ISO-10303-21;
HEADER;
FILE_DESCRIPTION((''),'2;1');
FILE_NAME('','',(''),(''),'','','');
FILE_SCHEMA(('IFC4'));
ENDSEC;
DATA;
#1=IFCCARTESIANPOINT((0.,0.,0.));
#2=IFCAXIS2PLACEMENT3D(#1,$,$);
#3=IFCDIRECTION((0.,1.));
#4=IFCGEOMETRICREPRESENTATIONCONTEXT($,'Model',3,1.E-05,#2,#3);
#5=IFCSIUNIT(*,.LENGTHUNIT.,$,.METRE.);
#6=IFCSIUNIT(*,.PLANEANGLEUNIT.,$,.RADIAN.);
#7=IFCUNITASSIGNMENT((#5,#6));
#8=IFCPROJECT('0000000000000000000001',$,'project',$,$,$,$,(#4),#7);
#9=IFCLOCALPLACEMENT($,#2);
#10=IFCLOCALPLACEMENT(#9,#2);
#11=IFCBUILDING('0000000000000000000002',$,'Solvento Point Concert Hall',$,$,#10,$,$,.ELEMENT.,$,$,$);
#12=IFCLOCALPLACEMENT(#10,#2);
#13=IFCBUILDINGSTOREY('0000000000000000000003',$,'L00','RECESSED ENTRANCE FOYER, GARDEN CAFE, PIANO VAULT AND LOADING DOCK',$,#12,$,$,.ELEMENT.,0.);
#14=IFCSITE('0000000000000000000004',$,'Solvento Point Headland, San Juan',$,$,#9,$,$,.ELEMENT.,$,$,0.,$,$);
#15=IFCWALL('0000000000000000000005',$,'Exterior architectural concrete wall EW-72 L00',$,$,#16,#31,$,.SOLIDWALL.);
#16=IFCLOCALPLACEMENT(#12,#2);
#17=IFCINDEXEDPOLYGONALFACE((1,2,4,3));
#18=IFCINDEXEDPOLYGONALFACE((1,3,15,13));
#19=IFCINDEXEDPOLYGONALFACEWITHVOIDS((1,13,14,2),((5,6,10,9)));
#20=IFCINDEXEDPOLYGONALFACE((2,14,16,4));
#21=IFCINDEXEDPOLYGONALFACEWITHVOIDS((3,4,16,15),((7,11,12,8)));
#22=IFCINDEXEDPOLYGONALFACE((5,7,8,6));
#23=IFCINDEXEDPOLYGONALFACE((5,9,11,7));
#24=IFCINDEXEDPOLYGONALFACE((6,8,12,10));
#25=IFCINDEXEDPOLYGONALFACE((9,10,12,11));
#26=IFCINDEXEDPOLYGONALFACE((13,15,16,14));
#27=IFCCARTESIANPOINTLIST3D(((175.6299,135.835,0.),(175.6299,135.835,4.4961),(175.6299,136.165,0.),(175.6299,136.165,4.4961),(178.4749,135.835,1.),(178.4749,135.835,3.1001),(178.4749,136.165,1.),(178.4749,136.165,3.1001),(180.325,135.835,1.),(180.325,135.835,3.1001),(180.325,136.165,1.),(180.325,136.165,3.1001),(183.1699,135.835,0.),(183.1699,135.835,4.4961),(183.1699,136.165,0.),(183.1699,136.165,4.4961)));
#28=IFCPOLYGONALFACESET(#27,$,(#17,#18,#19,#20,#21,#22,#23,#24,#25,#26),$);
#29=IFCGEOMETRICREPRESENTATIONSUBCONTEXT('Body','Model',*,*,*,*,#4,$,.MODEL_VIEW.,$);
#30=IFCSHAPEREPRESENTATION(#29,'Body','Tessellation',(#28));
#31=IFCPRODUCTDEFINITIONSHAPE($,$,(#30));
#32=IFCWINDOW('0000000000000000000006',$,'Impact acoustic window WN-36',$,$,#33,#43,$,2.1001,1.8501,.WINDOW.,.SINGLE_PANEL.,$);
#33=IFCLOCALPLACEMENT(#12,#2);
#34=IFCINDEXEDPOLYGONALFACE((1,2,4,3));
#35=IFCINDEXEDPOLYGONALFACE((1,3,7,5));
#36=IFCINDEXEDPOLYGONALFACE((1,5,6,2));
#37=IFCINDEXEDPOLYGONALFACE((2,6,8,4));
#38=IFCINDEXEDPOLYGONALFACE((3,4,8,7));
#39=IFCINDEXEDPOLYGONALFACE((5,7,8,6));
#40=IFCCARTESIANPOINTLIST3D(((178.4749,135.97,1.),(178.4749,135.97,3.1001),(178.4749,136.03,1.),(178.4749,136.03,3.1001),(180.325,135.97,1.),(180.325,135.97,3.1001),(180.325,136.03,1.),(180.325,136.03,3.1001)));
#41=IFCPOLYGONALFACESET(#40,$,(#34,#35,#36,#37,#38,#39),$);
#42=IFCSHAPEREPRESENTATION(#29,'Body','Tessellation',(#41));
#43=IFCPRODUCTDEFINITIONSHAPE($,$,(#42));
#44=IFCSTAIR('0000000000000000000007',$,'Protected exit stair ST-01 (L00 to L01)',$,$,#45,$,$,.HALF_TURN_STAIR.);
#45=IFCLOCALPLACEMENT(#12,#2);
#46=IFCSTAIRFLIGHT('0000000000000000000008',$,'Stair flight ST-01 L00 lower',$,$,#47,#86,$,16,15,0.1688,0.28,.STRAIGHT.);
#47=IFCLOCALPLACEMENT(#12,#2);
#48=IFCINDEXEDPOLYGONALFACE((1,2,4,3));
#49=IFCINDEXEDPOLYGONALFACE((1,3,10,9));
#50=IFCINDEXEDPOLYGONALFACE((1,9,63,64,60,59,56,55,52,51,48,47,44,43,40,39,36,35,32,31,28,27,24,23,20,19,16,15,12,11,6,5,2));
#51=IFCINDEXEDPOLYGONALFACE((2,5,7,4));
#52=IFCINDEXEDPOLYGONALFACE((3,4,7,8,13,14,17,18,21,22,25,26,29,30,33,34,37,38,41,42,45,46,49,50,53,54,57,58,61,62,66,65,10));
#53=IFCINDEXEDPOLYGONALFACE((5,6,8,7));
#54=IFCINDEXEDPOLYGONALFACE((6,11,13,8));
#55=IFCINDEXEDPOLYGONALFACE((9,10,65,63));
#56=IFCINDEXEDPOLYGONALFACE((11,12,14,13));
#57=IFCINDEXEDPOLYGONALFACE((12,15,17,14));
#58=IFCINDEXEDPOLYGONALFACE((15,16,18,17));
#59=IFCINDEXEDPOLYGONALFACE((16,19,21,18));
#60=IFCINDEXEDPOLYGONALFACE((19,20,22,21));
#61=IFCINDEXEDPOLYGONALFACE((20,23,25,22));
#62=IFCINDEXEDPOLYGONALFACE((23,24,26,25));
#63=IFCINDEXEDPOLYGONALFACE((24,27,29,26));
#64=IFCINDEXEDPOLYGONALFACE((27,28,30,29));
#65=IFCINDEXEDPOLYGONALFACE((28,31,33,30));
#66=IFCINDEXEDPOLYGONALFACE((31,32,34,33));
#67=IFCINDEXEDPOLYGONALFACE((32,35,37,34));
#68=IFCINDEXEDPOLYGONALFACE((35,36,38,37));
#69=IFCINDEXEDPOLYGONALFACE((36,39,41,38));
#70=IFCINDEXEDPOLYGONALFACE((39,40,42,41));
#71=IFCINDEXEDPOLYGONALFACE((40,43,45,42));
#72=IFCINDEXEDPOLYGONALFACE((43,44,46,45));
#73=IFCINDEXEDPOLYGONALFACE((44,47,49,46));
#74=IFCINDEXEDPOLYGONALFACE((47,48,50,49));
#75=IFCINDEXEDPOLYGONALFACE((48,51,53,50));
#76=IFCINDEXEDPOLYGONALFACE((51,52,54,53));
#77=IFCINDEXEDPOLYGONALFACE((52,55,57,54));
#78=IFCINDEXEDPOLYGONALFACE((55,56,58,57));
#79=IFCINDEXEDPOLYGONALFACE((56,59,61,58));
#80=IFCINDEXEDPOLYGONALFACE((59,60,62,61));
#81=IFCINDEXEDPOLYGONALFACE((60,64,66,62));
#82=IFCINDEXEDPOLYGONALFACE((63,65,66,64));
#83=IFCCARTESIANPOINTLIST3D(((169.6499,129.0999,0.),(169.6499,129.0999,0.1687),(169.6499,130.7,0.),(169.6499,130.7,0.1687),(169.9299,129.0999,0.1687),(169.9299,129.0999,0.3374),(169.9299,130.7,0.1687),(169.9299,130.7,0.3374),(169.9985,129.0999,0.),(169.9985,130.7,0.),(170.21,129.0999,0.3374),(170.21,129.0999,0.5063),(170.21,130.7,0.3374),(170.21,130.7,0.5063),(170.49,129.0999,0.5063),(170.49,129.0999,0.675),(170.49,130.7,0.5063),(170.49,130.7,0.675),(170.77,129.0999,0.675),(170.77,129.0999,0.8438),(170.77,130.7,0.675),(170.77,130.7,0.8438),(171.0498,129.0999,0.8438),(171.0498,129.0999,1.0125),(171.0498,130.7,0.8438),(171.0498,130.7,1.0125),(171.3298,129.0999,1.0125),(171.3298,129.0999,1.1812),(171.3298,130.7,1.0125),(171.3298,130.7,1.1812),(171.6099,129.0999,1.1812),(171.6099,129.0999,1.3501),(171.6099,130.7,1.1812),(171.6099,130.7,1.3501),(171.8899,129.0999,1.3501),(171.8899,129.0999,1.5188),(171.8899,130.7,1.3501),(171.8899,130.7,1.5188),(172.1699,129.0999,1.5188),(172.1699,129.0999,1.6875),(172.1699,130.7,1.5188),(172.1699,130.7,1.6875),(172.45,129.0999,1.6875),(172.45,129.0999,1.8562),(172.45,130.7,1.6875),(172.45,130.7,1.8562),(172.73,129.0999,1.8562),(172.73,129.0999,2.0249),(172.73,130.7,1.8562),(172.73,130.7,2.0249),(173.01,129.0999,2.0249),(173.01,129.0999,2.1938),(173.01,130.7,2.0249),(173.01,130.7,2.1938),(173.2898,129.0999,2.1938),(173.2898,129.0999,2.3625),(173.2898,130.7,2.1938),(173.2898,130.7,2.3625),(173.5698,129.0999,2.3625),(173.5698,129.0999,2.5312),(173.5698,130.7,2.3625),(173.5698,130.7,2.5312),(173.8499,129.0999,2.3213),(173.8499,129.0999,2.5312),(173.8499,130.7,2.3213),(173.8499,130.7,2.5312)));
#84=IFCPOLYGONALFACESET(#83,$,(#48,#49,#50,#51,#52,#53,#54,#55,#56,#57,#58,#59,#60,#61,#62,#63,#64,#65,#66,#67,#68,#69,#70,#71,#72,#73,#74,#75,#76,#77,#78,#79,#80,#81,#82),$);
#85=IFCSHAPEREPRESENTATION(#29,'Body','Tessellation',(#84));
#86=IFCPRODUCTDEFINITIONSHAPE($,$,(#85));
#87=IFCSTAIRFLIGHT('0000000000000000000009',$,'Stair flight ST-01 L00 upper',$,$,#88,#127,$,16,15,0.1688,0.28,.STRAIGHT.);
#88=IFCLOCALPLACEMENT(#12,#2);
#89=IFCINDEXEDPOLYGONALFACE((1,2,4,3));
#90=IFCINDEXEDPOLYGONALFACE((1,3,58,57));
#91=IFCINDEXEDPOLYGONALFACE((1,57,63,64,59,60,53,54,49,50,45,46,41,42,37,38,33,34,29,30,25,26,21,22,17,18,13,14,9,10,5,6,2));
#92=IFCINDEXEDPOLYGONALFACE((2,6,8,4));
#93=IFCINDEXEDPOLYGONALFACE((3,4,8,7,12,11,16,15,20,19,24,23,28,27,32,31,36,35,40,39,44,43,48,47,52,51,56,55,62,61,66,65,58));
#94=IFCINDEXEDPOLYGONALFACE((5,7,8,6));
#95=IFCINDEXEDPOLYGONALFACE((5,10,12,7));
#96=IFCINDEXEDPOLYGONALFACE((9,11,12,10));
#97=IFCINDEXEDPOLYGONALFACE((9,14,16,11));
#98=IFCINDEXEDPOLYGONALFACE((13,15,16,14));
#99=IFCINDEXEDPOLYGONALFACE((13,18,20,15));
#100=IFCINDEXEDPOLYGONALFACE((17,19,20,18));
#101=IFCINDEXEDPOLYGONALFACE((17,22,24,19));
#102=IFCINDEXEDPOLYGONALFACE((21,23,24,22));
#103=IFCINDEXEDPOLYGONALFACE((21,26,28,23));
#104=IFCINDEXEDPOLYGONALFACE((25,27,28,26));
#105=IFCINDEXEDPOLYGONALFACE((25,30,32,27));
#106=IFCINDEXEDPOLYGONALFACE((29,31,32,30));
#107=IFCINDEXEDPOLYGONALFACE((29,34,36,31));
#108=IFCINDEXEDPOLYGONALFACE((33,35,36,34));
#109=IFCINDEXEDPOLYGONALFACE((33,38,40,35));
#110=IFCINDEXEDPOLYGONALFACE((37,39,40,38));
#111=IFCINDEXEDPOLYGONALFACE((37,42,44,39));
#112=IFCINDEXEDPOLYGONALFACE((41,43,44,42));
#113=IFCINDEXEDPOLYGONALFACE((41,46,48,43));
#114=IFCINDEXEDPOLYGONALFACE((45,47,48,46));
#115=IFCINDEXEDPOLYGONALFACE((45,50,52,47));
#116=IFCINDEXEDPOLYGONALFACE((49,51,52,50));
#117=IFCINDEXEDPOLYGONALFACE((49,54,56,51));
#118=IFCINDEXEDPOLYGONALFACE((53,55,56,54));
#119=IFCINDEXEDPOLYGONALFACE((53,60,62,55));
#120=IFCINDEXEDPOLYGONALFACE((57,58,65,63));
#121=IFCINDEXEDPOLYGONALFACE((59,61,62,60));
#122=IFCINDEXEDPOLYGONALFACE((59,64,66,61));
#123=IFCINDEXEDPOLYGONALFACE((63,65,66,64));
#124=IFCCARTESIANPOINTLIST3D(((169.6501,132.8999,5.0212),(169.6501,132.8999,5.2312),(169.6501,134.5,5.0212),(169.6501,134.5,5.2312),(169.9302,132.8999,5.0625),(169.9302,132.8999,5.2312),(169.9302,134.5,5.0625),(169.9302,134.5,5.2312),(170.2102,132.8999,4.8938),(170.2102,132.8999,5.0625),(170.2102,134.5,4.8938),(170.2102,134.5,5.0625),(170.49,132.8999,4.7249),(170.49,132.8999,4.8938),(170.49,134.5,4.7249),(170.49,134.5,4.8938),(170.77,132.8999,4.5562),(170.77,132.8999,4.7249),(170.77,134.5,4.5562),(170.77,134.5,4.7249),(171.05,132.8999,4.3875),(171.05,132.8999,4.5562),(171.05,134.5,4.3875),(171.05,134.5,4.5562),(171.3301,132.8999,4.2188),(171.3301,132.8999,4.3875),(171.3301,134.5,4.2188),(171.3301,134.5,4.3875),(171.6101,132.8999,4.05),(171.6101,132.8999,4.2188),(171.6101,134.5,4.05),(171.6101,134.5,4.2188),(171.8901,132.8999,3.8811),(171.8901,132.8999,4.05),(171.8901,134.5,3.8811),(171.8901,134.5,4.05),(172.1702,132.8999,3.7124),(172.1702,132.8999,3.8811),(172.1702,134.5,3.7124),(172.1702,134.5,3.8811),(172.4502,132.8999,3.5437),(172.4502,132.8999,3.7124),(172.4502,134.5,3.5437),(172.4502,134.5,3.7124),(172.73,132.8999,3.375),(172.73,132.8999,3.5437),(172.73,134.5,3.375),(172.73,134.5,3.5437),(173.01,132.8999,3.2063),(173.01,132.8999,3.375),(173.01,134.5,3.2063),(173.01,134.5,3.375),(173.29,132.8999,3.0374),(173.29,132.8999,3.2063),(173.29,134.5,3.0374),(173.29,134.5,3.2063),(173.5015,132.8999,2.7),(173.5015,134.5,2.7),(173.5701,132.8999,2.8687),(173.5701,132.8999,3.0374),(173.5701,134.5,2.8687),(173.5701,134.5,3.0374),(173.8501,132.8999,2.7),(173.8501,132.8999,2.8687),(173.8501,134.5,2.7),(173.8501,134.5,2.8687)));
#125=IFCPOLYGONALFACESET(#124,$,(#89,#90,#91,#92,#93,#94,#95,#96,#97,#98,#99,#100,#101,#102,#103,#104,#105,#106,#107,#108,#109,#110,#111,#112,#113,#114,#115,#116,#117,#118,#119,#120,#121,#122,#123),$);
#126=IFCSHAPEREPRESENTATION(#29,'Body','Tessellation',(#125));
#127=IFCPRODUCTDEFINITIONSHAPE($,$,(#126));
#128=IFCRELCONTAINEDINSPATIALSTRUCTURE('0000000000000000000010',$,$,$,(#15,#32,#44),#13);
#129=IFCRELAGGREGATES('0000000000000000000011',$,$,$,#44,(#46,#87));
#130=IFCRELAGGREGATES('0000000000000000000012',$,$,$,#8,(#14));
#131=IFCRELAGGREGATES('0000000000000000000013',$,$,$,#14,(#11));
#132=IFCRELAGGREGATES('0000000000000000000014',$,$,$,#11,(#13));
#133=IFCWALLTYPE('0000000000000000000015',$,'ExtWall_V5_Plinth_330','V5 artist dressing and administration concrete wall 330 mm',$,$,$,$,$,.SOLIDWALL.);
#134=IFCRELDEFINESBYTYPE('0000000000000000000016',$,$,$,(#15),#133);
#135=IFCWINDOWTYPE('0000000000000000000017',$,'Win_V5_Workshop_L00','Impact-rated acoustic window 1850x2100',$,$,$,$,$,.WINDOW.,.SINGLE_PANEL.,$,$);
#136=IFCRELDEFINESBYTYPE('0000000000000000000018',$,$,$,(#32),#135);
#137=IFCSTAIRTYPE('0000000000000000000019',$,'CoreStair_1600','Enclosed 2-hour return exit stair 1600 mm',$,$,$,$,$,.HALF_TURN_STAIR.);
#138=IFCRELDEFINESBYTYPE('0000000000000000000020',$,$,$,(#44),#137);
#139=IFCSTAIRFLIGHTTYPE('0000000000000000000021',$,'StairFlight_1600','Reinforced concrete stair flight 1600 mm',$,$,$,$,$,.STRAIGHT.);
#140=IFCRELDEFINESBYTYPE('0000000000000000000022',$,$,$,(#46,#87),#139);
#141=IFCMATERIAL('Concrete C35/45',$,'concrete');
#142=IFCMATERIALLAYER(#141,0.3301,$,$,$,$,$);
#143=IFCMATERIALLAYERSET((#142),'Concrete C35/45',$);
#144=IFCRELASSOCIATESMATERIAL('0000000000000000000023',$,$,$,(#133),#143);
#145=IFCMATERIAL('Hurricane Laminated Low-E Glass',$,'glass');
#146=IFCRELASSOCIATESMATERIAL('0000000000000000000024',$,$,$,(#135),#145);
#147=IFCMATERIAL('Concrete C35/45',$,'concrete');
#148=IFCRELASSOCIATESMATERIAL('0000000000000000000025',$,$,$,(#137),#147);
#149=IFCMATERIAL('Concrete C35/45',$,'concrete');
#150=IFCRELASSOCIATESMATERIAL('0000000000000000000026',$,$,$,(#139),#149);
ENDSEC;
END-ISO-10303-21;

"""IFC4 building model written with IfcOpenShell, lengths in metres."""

from ifc_helpers import new_model, si_unit, direction, frame, frame_2d, origin, place, context, subcontext, project, spatial, polyline, rectangle, outline, extrude, material, layer, layer_set, type_object, element, fill, aggregate, save


model = new_model("IFC4")

# Units and contexts
model_context = context("Model", 3, precision=1e-05, world=origin(), true_north=direction((0.0, 1.0)))
body_context = subcontext(model_context, "Body", "Model", "MODEL_VIEW")
ifc_project = project(units=[si_unit("LENGTHUNIT", "METRE"), si_unit("PLANEANGLEUNIT", "RADIAN")], contexts=[model_context])

# Site, building, storey
site_placement = place(None, origin())
site = spatial("IfcSite", under=ifc_project, at=site_placement, Name="Solvento Point Headland, San Juan", CompositionType="ELEMENT", RefElevation=0.0)
building_placement = place(site_placement, origin())
building = spatial("IfcBuilding", under=site, at=building_placement, Name="Solvento Point Concert Hall", CompositionType="ELEMENT")
storey_placement = place(building_placement, origin())
storey = spatial("IfcBuildingStorey", under=building, at=storey_placement, Name="L00", Description="RECESSED ENTRANCE FOYER, GARDEN CAFE, PIANO VAULT AND LOADING DOCK", CompositionType="ELEMENT", Elevation=0.0)

# Shared definitions
ifc_material_1 = material(Name="Concrete C35/45", Category="concrete")
ifc_layer_1 = layer(ifc_material_1, 0.3301)
ifc_layer_set_1 = layer_set([ifc_layer_1], Name="Concrete C35/45")
wall_type_1 = type_object("IfcWallType", Name="ExtWall_V5_Plinth_330", Description="V5 artist dressing and administration concrete wall 330 mm", PredefinedType="SOLIDWALL", material=ifc_layer_set_1)

# Wall, opening, window
wall_1_placement = place(storey_placement, frame((175.6299, 136.0, 0.0), z_axis=(0.0, 0.0, 1.0), x_axis=(1.0, 0.0, 0.0)))
wall_1 = element("IfcWall", 1, at=wall_1_placement, inside=storey, type_object=wall_type_1, Name="Exterior architectural concrete wall EW-72 L00", PredefinedType="SOLIDWALL", context=body_context, shape_type="SweptSolid", body=[
    extrude(rectangle(XDim=7.54, YDim=0.3301, at=frame_2d((3.77, 0.0))), origin(), (0.0, 0.0, 1.0), 4.4961),
])
opening_1_placement = place(wall_1_placement, frame((2.845, 0.0, 1.0)))
opening_1 = element("IfcOpeningElement", 2, at=opening_1_placement, cuts=wall_1, PredefinedType="OPENING", context=body_context, shape_type="SweptSolid", body=[
    extrude(rectangle(XDim=1.8501, YDim=2.1001, at=frame_2d((0.925, 1.05))), frame((0.0, 0.175, 0.0), z_axis=(0.0, -1.0, 0.0), x_axis=(1.0, 0.0, 0.0)), (0.0, 0.0, 1.0), 0.3501),
])
ifc_material_2 = material(Name="Hurricane Laminated Low-E Glass", Category="glass")
window_type = type_object("IfcWindowType", Name="Win_V5_Workshop_L00", Description="Impact-rated acoustic window 1850x2100", PartitioningType="SINGLE_PANEL", PredefinedType="WINDOW", material=ifc_material_2)
window_placement = place(opening_1_placement, origin())
window = element("IfcWindow", 3, at=window_placement, inside=storey, type_object=window_type, Name="Impact acoustic window WN-36", OverallHeight=2.1001, OverallWidth=1.8501, PartitioningType="SINGLE_PANEL", PredefinedType="WINDOW", context=body_context, shape_type="SweptSolid", body=[
    extrude(rectangle(XDim=1.8501, YDim=2.1001, at=frame_2d((0.925, 1.05))), frame((0.0, 0.03, 0.0), z_axis=(0.0, -1.0, 0.0), x_axis=(1.0, 0.0, 0.0)), (0.0, 0.0, 1.0), 0.0601),
])
fill(opening_1, window)

# Stair, stair flights
ifc_material_3 = material(Name="Concrete C35/45", Category="concrete")
stair_type = type_object("IfcStairType", Name="CoreStair_1600", Description="Enclosed 2-hour return exit stair 1600 mm", PredefinedType="HALF_TURN_STAIR", material=ifc_material_3)
stair_placement = place(storey_placement, origin())
stair = element("IfcStair", 4, at=stair_placement, inside=storey, type_object=stair_type, Name="Protected exit stair ST-01 (L00 to L01)", PredefinedType="HALF_TURN_STAIR")
ifc_material_4 = material(Name="Concrete C35/45", Category="concrete")
stair_flight_type = type_object("IfcStairFlightType", Name="StairFlight_1600", Description="Reinforced concrete stair flight 1600 mm", PredefinedType="STRAIGHT", material=ifc_material_4)
stair_flight_1_placement = place(storey_placement, frame((169.6499, 129.8999, 0.0), z_axis=(0.0, 0.0, 1.0), x_axis=(1.0, 0.0, 0.0)))
stair_flight_1 = element("IfcStairFlight", 5, at=stair_flight_1_placement, type_object=stair_flight_type, Name="Stair flight ST-01 L00 lower", NumberOfRisers=16, NumberOfTreads=15, PredefinedType="STRAIGHT", RiserHeight=0.1688, TreadLength=0.28, context=body_context, shape_type="SweptSolid", body=[
    extrude(outline(polyline([(0.0, 0.0), (0.0, 0.1687), (0.28, 0.1687), (0.28, 0.3374), (0.5601, 0.3374), (0.5601, 0.5063), (0.8401, 0.5063), (0.8401, 0.675), (1.1201, 0.675), (1.1201, 0.8438), (1.3999, 0.8438), (1.3999, 1.0125), (1.6799, 1.0125), (1.6799, 1.1812), (1.96, 1.1812), (1.96, 1.3501), (2.24, 1.3501), (2.24, 1.5188), (2.52, 1.5188), (2.52, 1.6875), (2.8, 1.6875), (2.8, 1.8562), (3.0801, 1.8562), (3.0801, 2.0249), (3.3601, 2.0249), (3.3601, 2.1938), (3.6399, 2.1938), (3.6399, 2.3625), (3.9199, 2.3625), (3.9199, 2.5312), (4.2, 2.5312), (4.2, 2.7), (4.2, 2.3213), (0.3486, 0.0), (0.0, 0.0)])), frame((0.0, 0.8, 0.0), z_axis=(0.0, -1.0, 0.0), x_axis=(1.0, 0.0, 0.0)), (0.0, 0.0, 1.0), 1.6001),
])
stair_flight_2_placement = place(storey_placement, frame((173.8501, 133.7, 2.7), z_axis=(0.0, 0.0, 1.0), x_axis=(-1.0, 0.0, 0.0)))
stair_flight_2 = element("IfcStairFlight", 6, at=stair_flight_2_placement, type_object=stair_flight_type, Name="Stair flight ST-01 L00 upper", NumberOfRisers=16, NumberOfTreads=15, PredefinedType="STRAIGHT", RiserHeight=0.1688, TreadLength=0.28, context=body_context, shape_type="SweptSolid", body=[
    extrude(outline(polyline([(0.0, 0.0), (0.0, 0.1687), (0.28, 0.1687), (0.28, 0.3374), (0.5601, 0.3374), (0.5601, 0.5063), (0.8401, 0.5063), (0.8401, 0.675), (1.1201, 0.675), (1.1201, 0.8438), (1.3999, 0.8438), (1.3999, 1.0125), (1.6799, 1.0125), (1.6799, 1.1812), (1.96, 1.1812), (1.96, 1.3501), (2.24, 1.3501), (2.24, 1.5188), (2.52, 1.5188), (2.52, 1.6875), (2.8, 1.6875), (2.8, 1.8562), (3.0801, 1.8562), (3.0801, 2.0249), (3.3601, 2.0249), (3.3601, 2.1938), (3.6399, 2.1938), (3.6399, 2.3625), (3.9199, 2.3625), (3.9199, 2.5312), (4.2, 2.5312), (4.2, 2.7), (4.2, 2.3213), (0.3486, 0.0), (0.0, 0.0)])), frame((0.0, 0.8, 0.0), z_axis=(0.0, -1.0, 0.0), x_axis=(1.0, 0.0, 0.0)), (0.0, 0.0, 1.0), 1.6001),
])
aggregate(stair, [stair_flight_1, stair_flight_2])

save(model, "model.ifc")
